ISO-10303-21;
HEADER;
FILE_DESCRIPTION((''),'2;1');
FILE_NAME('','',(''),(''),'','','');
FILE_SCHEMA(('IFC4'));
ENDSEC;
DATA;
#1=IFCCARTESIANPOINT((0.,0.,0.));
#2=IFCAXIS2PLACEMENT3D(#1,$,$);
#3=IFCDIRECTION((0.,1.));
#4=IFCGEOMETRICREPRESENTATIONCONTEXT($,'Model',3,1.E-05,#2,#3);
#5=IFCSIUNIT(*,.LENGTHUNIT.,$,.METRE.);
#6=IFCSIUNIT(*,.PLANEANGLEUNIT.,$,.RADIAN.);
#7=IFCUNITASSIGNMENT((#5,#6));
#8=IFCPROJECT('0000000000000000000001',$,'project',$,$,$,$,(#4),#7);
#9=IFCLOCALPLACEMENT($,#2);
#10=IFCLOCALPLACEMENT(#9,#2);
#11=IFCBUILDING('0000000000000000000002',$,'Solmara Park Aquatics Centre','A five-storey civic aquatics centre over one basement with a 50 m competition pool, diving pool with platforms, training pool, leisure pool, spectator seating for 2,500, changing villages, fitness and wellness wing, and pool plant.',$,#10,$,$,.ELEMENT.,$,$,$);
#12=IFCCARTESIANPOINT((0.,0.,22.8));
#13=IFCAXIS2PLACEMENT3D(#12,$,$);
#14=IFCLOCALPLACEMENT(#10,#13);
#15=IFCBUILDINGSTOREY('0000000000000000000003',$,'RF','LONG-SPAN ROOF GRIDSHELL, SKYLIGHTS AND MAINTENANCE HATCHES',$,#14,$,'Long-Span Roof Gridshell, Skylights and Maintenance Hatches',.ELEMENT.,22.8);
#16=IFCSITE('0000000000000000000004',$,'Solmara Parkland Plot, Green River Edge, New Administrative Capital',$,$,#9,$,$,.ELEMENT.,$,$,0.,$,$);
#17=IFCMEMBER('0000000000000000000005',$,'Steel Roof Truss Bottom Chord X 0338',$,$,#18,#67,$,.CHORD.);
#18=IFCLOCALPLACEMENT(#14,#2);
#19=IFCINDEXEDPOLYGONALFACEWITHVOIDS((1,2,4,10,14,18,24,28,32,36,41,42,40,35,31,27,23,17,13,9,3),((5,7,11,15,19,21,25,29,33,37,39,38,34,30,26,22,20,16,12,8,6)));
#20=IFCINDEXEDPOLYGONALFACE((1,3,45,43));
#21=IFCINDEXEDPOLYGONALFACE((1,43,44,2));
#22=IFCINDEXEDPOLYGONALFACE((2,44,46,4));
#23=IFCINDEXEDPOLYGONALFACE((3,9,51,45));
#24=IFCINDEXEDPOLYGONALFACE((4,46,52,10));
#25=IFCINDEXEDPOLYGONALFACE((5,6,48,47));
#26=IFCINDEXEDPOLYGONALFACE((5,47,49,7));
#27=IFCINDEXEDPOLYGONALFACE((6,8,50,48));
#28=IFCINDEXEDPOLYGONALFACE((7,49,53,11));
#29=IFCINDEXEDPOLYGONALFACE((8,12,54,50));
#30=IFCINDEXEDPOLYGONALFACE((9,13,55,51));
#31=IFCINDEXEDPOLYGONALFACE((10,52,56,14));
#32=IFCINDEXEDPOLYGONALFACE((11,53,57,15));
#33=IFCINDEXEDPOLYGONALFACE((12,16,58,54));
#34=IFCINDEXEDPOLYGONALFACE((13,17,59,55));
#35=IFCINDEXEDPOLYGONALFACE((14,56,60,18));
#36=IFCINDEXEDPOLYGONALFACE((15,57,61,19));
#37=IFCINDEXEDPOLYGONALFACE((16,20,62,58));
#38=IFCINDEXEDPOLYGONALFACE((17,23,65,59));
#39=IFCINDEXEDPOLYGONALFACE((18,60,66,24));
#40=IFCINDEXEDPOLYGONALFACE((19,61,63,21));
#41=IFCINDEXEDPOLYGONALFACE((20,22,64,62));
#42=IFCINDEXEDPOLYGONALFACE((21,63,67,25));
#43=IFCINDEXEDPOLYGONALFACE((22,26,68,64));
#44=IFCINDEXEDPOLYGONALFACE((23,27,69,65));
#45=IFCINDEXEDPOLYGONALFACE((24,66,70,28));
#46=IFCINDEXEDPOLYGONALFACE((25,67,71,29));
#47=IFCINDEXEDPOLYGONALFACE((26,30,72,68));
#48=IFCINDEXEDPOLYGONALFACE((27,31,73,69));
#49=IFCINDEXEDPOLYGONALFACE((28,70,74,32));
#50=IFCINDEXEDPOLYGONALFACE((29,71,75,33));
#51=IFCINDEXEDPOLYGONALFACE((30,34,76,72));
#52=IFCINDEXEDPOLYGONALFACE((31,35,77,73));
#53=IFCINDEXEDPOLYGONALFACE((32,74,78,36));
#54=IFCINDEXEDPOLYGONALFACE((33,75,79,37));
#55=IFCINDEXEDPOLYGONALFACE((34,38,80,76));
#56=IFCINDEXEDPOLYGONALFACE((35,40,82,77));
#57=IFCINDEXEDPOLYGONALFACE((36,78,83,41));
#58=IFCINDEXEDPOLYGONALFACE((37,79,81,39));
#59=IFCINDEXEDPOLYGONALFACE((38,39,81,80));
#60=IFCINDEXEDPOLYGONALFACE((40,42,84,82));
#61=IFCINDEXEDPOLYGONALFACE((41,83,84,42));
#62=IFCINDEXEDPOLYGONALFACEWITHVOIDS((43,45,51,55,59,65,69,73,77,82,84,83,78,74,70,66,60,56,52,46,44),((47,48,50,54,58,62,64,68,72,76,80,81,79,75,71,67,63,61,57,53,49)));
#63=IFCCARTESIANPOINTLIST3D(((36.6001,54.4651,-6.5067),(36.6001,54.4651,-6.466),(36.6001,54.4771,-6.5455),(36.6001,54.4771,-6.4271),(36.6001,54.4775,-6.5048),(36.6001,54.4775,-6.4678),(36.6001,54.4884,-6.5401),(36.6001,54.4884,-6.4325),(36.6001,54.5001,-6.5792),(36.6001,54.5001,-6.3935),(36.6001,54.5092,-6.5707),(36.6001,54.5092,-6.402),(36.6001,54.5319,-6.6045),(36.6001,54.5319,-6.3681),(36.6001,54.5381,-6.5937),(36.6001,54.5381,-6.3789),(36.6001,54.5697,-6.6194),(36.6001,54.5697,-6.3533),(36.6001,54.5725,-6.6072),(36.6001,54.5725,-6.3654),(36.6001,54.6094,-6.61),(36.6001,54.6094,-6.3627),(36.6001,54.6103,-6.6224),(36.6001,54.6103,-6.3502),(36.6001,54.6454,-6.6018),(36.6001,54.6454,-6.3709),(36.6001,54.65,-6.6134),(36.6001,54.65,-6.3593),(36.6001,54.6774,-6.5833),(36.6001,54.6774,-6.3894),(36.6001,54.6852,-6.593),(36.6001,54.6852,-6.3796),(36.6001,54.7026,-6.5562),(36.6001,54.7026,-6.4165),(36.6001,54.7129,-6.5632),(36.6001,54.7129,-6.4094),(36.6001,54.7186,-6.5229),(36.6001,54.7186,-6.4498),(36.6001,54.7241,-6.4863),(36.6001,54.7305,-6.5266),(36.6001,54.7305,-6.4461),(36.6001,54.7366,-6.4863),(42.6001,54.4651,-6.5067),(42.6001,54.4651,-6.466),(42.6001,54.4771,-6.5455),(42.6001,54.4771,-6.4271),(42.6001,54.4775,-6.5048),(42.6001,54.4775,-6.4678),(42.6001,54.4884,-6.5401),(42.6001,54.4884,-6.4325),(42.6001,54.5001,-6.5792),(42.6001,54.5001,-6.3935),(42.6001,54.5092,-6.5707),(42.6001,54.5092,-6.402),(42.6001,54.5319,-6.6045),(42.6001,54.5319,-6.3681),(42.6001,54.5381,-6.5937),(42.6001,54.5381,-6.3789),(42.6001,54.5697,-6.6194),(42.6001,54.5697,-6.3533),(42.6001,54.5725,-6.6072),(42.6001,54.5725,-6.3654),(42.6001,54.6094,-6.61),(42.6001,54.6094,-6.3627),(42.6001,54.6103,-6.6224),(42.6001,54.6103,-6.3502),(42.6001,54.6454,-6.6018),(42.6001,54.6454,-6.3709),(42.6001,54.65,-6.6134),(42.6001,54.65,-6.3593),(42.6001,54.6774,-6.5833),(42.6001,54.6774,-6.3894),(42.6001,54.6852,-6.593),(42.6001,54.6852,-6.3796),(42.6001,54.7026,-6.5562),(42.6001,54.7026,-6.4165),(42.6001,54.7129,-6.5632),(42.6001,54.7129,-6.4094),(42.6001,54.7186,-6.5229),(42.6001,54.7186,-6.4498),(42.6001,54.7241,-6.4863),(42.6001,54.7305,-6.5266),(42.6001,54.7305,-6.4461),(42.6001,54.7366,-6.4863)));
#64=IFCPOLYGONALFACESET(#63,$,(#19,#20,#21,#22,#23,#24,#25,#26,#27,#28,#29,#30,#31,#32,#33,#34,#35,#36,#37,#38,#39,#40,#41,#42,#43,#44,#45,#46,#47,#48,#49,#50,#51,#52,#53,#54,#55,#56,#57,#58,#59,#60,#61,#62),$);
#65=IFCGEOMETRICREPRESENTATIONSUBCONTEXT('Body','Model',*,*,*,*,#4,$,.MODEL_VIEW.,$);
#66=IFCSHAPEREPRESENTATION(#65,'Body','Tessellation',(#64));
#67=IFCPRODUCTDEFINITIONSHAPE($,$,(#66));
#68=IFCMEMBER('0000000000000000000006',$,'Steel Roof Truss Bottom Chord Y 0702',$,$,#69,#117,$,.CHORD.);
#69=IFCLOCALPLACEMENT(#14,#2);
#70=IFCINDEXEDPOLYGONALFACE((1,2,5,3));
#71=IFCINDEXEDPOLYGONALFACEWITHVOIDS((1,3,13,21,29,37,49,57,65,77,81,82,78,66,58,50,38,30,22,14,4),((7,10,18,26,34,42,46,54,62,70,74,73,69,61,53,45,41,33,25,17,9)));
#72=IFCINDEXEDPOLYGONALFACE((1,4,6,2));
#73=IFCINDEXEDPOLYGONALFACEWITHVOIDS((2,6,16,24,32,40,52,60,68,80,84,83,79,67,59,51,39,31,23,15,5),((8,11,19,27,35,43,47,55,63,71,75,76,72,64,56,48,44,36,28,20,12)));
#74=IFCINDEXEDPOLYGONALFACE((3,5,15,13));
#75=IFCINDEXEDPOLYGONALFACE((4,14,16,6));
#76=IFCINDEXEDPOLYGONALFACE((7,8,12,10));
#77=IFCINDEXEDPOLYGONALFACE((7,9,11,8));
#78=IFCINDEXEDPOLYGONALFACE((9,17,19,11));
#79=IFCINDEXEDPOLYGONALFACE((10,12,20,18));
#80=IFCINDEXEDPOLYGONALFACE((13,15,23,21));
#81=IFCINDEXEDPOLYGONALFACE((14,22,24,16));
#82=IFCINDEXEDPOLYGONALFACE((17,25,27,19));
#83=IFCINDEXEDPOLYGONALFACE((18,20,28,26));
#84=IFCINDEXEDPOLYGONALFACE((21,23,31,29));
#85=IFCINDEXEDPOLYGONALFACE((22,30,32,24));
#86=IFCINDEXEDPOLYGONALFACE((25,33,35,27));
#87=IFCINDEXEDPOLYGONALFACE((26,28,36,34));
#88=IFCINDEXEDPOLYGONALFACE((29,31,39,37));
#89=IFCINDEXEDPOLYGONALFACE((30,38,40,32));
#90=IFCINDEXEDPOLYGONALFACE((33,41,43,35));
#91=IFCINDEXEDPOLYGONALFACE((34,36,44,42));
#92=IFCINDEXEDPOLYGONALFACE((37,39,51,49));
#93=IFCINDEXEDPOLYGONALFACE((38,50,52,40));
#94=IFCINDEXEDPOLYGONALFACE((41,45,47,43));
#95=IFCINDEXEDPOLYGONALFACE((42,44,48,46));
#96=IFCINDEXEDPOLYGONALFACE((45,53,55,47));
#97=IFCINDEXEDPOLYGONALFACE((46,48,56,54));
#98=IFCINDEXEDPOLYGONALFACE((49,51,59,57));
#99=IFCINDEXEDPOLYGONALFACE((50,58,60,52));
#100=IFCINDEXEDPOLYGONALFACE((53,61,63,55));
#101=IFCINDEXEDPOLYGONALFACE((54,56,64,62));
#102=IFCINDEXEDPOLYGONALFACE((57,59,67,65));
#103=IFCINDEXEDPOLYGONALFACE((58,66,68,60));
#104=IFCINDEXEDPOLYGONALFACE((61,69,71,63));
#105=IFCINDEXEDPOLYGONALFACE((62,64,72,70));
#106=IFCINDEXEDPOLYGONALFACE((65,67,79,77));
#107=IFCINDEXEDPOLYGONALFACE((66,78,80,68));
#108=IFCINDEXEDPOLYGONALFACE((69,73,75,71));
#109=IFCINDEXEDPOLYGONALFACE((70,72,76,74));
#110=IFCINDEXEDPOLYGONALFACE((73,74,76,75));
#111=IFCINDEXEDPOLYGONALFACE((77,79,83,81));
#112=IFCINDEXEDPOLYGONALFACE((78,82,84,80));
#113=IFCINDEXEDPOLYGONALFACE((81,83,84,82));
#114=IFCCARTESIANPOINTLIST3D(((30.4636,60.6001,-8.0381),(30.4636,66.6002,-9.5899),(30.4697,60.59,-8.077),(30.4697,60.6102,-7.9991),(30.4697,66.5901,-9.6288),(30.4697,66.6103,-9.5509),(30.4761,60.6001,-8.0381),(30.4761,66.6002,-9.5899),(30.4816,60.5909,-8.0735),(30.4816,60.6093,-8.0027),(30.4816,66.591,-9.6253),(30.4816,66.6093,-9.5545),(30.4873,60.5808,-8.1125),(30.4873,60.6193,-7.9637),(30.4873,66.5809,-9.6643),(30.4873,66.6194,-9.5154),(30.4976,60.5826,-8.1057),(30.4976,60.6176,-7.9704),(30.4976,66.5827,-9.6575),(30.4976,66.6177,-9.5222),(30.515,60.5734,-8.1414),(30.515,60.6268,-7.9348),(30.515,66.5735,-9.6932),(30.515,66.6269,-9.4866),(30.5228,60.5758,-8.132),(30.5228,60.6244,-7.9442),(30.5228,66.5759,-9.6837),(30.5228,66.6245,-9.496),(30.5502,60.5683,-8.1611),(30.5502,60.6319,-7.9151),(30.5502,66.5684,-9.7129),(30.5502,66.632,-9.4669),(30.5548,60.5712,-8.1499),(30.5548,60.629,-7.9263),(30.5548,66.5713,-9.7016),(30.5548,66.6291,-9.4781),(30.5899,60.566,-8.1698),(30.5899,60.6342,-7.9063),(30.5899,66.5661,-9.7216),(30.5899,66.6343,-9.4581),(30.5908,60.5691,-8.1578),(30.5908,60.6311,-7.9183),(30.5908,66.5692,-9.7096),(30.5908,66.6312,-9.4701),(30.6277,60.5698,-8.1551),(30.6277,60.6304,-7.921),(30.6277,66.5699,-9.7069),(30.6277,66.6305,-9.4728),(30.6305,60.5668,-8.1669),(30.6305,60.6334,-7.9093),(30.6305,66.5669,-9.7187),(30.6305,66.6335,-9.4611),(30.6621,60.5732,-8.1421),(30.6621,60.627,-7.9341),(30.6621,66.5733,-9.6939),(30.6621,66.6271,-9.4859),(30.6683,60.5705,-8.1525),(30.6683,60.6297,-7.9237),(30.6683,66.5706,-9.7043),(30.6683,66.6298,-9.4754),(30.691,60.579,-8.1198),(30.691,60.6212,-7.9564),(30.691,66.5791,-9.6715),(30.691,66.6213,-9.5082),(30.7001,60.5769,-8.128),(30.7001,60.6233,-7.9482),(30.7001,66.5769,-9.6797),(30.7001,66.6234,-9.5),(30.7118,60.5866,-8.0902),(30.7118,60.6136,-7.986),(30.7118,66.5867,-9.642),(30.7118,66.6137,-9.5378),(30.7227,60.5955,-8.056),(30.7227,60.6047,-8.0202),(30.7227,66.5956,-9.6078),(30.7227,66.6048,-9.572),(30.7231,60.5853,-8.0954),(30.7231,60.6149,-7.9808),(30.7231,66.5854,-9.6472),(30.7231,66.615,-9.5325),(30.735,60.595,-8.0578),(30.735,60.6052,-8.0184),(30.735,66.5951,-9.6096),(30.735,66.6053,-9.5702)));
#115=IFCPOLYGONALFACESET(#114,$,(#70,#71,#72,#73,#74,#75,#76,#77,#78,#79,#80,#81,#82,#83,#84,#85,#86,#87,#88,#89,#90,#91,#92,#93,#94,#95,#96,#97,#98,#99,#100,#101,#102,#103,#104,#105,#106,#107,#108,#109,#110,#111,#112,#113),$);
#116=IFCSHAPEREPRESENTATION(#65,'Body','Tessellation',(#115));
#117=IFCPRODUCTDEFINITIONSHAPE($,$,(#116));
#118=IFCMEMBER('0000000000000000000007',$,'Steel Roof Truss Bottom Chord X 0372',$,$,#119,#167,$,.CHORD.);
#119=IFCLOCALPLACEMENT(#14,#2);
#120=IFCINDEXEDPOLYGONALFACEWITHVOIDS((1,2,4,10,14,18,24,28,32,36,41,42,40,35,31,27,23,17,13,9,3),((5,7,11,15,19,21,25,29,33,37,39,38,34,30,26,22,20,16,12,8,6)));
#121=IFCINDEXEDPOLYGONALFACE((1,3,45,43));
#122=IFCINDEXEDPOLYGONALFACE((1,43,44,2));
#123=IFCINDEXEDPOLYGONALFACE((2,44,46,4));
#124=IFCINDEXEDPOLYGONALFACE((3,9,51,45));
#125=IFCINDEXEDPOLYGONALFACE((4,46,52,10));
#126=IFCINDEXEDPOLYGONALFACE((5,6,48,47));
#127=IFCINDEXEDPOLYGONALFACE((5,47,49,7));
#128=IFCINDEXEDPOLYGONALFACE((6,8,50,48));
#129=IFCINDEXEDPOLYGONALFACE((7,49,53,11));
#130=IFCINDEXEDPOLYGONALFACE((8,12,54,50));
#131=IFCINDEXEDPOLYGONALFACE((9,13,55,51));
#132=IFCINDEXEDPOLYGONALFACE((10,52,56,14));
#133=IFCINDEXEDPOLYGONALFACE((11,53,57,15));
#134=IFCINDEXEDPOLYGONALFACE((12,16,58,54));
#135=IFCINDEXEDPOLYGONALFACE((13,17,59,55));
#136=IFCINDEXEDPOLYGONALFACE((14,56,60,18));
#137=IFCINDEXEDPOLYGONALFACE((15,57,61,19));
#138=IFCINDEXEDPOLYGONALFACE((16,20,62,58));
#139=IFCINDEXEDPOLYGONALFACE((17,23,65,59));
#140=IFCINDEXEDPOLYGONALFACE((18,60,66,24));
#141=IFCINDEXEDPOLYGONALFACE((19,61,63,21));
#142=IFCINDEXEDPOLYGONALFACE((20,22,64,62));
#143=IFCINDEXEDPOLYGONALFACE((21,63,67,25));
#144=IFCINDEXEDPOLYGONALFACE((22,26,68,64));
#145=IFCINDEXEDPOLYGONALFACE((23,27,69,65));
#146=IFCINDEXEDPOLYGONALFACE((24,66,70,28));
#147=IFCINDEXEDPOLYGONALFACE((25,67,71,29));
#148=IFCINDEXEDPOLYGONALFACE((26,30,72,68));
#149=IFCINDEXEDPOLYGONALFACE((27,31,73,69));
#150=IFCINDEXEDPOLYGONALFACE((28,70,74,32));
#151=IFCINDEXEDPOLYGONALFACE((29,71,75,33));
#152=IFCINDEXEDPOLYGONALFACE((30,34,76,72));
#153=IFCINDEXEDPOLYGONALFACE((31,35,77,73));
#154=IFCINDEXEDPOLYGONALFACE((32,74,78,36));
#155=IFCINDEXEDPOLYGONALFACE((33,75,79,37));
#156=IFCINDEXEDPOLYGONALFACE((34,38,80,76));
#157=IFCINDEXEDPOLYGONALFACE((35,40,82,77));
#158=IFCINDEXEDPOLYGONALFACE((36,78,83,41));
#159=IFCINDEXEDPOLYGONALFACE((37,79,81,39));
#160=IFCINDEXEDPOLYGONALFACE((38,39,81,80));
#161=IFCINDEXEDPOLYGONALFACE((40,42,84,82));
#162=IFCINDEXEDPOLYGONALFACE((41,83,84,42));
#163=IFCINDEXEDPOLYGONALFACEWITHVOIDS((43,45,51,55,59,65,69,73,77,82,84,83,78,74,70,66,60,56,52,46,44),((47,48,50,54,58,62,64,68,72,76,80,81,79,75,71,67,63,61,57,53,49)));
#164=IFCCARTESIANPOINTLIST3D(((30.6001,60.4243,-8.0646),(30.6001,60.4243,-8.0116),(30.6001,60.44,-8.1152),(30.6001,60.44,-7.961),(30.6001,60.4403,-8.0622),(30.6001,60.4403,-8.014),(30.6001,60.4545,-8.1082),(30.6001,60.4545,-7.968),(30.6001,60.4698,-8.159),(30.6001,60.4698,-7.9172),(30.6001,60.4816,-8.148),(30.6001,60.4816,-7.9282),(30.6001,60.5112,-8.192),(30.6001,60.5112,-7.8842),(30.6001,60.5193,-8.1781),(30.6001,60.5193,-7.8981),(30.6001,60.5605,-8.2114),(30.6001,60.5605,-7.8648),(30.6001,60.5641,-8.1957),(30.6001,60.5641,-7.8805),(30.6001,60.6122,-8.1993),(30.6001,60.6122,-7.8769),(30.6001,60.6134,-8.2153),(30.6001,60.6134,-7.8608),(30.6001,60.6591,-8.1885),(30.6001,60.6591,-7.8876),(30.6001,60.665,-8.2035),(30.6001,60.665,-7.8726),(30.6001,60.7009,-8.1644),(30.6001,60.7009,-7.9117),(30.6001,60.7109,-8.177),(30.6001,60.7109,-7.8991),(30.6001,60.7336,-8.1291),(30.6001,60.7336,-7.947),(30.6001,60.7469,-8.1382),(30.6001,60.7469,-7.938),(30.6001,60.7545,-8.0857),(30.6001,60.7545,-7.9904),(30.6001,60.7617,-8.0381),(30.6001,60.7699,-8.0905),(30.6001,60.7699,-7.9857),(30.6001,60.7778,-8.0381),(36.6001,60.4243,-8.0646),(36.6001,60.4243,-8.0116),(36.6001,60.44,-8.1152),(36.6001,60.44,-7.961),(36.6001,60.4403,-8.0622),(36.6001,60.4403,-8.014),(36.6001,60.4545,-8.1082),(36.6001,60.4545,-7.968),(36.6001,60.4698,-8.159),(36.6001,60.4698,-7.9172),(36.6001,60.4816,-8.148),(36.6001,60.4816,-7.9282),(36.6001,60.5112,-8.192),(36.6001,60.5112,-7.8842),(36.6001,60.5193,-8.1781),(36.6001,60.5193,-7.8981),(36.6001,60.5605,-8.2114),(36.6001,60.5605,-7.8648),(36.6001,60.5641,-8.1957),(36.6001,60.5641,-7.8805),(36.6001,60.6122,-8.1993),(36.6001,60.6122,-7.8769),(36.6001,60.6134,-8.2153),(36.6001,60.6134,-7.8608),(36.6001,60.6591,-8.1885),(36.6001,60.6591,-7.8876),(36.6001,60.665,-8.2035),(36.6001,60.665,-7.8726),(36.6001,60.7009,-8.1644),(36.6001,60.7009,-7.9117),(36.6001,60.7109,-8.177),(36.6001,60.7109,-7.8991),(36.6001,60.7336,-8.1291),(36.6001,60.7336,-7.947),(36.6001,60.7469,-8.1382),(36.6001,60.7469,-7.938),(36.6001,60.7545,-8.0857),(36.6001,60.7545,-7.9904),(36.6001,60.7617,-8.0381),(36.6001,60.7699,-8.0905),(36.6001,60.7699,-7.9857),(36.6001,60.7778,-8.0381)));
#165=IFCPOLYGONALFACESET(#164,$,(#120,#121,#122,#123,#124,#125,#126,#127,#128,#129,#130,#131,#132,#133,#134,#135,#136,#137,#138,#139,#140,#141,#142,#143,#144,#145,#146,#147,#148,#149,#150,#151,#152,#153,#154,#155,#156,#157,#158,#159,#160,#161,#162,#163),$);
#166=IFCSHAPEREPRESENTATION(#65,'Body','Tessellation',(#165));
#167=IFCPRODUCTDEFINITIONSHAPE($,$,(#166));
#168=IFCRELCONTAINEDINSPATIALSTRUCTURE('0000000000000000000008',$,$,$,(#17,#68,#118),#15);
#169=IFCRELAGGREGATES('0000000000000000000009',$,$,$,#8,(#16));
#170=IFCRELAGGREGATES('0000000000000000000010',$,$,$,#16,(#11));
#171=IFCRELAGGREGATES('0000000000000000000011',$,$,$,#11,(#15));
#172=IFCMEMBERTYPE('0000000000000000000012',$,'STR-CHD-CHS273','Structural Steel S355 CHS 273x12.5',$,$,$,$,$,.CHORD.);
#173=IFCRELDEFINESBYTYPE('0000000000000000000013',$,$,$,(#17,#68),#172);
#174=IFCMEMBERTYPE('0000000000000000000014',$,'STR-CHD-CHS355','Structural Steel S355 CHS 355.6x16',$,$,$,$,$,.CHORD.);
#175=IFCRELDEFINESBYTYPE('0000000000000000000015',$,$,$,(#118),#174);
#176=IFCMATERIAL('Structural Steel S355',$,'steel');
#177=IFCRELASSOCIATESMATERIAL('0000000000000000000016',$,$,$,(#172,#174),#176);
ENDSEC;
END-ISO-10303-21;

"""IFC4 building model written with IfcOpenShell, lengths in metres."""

from ifc_helpers import new_model, si_unit, direction, frame, origin, origin_2d, place, context, subcontext, project, spatial, hollow_circle, extrude, material, material_profile, profile_set, type_object, element, save


model = new_model("IFC4")

# Units and contexts
model_context = context("Model", 3, precision=1e-05, world=origin(), true_north=direction((0.0, 1.0)))
body_context = subcontext(model_context, "Body", "Model", "MODEL_VIEW")
ifc_project = project(units=[si_unit("LENGTHUNIT", "METRE"), si_unit("PLANEANGLEUNIT", "RADIAN")], contexts=[model_context])

# Site, building, storey
site_placement = place(None, origin())
site = spatial("IfcSite", under=ifc_project, at=site_placement, Name="Solmara Parkland Plot, Green River Edge, New Administrative Capital", CompositionType="ELEMENT", RefElevation=0.0)
building_placement = place(site_placement, origin())
building = spatial("IfcBuilding", under=site, at=building_placement, Name="Solmara Park Aquatics Centre", Description="A five-storey civic aquatics centre over one basement with a 50 m competition pool, diving pool with platforms, training pool, leisure pool, spectator seating for 2,500, changing villages, fitness and wellness wing, and pool plant.", CompositionType="ELEMENT")
storey_placement = place(building_placement, frame((0.0, 0.0, 22.8)))
storey = spatial("IfcBuildingStorey", under=building, at=storey_placement, Name="RF", Description="LONG-SPAN ROOF GRIDSHELL, SKYLIGHTS AND MAINTENANCE HATCHES", LongName="Long-Span Roof Gridshell, Skylights and Maintenance Hatches", CompositionType="ELEMENT", Elevation=22.8)

# Members
ifc_material_1 = material(Name="Structural Steel S355", Category="steel")
ifc_material_profile_1 = material_profile(ifc_material_1, hollow_circle(Radius=0.1365, WallThickness=0.0125, at=origin_2d()), Name="CHS 273x12.5")
ifc_profile_set_1 = profile_set([ifc_material_profile_1], Name="Structural Steel S355")
member_type_1 = type_object("IfcMemberType", Name="STR-CHD-CHS273", Description="Structural Steel S355 CHS 273x12.5", PredefinedType="CHORD", material=ifc_profile_set_1)
member_1_placement = place(storey_placement, frame((36.6001, 54.6001, -6.4863), z_axis=(1.0, 0.0, 0.0), x_axis=(0.0, 1.0, 0.0)))
element("IfcMember", 1, at=member_1_placement, inside=storey, type_object=member_type_1, Name="Steel Roof Truss Bottom Chord X 0338", PredefinedType="CHORD", context=body_context, shape_type="SweptSolid", body=[
    extrude(hollow_circle(Radius=0.1365, WallThickness=0.0125, at=origin_2d()), origin(), (0.0, 0.0, 1.0), 6.0),
])
member_2_placement = place(storey_placement, frame((30.6001, 60.6001, -8.0381), z_axis=(0.0, 0.968146, -0.250388), x_axis=(-1.0, 0.0, 0.0)))
element("IfcMember", 2, at=member_2_placement, inside=storey, type_object=member_type_1, Name="Steel Roof Truss Bottom Chord Y 0702", PredefinedType="CHORD", context=body_context, shape_type="SweptSolid", body=[
    extrude(hollow_circle(Radius=0.1365, WallThickness=0.0125, at=origin_2d()), origin(), (0.0, 0.0, 1.0), 6.1975),
])
ifc_material_profile_2 = material_profile(ifc_material_1, hollow_circle(Radius=0.1777, WallThickness=0.0161, at=origin_2d()), Name="CHS 355.6x16")
ifc_profile_set_2 = profile_set([ifc_material_profile_2], Name="Structural Steel S355")
member_type_2 = type_object("IfcMemberType", Name="STR-CHD-CHS355", Description="Structural Steel S355 CHS 355.6x16", PredefinedType="CHORD", material=ifc_profile_set_2)
for number, where, z_axis, x_axis, name in (
    (3, (30.6001, 60.6001, -8.0381), (1.0, 0.0, 0.0), (0.0, 1.0, 0.0), "Steel Roof Truss Bottom Chord X 0372"),
):
    element("IfcMember", number, at=place(storey_placement, frame(where, z_axis=z_axis, x_axis=x_axis)), inside=storey, type_object=member_type_2, Name=name, PredefinedType="CHORD", context=body_context, shape_type="SweptSolid", body=[
        extrude(hollow_circle(Radius=0.1777, WallThickness=0.0161, at=origin_2d()), origin(), (0.0, 0.0, 1.0), 6.0),
    ])

save(model, "model.ifc")
